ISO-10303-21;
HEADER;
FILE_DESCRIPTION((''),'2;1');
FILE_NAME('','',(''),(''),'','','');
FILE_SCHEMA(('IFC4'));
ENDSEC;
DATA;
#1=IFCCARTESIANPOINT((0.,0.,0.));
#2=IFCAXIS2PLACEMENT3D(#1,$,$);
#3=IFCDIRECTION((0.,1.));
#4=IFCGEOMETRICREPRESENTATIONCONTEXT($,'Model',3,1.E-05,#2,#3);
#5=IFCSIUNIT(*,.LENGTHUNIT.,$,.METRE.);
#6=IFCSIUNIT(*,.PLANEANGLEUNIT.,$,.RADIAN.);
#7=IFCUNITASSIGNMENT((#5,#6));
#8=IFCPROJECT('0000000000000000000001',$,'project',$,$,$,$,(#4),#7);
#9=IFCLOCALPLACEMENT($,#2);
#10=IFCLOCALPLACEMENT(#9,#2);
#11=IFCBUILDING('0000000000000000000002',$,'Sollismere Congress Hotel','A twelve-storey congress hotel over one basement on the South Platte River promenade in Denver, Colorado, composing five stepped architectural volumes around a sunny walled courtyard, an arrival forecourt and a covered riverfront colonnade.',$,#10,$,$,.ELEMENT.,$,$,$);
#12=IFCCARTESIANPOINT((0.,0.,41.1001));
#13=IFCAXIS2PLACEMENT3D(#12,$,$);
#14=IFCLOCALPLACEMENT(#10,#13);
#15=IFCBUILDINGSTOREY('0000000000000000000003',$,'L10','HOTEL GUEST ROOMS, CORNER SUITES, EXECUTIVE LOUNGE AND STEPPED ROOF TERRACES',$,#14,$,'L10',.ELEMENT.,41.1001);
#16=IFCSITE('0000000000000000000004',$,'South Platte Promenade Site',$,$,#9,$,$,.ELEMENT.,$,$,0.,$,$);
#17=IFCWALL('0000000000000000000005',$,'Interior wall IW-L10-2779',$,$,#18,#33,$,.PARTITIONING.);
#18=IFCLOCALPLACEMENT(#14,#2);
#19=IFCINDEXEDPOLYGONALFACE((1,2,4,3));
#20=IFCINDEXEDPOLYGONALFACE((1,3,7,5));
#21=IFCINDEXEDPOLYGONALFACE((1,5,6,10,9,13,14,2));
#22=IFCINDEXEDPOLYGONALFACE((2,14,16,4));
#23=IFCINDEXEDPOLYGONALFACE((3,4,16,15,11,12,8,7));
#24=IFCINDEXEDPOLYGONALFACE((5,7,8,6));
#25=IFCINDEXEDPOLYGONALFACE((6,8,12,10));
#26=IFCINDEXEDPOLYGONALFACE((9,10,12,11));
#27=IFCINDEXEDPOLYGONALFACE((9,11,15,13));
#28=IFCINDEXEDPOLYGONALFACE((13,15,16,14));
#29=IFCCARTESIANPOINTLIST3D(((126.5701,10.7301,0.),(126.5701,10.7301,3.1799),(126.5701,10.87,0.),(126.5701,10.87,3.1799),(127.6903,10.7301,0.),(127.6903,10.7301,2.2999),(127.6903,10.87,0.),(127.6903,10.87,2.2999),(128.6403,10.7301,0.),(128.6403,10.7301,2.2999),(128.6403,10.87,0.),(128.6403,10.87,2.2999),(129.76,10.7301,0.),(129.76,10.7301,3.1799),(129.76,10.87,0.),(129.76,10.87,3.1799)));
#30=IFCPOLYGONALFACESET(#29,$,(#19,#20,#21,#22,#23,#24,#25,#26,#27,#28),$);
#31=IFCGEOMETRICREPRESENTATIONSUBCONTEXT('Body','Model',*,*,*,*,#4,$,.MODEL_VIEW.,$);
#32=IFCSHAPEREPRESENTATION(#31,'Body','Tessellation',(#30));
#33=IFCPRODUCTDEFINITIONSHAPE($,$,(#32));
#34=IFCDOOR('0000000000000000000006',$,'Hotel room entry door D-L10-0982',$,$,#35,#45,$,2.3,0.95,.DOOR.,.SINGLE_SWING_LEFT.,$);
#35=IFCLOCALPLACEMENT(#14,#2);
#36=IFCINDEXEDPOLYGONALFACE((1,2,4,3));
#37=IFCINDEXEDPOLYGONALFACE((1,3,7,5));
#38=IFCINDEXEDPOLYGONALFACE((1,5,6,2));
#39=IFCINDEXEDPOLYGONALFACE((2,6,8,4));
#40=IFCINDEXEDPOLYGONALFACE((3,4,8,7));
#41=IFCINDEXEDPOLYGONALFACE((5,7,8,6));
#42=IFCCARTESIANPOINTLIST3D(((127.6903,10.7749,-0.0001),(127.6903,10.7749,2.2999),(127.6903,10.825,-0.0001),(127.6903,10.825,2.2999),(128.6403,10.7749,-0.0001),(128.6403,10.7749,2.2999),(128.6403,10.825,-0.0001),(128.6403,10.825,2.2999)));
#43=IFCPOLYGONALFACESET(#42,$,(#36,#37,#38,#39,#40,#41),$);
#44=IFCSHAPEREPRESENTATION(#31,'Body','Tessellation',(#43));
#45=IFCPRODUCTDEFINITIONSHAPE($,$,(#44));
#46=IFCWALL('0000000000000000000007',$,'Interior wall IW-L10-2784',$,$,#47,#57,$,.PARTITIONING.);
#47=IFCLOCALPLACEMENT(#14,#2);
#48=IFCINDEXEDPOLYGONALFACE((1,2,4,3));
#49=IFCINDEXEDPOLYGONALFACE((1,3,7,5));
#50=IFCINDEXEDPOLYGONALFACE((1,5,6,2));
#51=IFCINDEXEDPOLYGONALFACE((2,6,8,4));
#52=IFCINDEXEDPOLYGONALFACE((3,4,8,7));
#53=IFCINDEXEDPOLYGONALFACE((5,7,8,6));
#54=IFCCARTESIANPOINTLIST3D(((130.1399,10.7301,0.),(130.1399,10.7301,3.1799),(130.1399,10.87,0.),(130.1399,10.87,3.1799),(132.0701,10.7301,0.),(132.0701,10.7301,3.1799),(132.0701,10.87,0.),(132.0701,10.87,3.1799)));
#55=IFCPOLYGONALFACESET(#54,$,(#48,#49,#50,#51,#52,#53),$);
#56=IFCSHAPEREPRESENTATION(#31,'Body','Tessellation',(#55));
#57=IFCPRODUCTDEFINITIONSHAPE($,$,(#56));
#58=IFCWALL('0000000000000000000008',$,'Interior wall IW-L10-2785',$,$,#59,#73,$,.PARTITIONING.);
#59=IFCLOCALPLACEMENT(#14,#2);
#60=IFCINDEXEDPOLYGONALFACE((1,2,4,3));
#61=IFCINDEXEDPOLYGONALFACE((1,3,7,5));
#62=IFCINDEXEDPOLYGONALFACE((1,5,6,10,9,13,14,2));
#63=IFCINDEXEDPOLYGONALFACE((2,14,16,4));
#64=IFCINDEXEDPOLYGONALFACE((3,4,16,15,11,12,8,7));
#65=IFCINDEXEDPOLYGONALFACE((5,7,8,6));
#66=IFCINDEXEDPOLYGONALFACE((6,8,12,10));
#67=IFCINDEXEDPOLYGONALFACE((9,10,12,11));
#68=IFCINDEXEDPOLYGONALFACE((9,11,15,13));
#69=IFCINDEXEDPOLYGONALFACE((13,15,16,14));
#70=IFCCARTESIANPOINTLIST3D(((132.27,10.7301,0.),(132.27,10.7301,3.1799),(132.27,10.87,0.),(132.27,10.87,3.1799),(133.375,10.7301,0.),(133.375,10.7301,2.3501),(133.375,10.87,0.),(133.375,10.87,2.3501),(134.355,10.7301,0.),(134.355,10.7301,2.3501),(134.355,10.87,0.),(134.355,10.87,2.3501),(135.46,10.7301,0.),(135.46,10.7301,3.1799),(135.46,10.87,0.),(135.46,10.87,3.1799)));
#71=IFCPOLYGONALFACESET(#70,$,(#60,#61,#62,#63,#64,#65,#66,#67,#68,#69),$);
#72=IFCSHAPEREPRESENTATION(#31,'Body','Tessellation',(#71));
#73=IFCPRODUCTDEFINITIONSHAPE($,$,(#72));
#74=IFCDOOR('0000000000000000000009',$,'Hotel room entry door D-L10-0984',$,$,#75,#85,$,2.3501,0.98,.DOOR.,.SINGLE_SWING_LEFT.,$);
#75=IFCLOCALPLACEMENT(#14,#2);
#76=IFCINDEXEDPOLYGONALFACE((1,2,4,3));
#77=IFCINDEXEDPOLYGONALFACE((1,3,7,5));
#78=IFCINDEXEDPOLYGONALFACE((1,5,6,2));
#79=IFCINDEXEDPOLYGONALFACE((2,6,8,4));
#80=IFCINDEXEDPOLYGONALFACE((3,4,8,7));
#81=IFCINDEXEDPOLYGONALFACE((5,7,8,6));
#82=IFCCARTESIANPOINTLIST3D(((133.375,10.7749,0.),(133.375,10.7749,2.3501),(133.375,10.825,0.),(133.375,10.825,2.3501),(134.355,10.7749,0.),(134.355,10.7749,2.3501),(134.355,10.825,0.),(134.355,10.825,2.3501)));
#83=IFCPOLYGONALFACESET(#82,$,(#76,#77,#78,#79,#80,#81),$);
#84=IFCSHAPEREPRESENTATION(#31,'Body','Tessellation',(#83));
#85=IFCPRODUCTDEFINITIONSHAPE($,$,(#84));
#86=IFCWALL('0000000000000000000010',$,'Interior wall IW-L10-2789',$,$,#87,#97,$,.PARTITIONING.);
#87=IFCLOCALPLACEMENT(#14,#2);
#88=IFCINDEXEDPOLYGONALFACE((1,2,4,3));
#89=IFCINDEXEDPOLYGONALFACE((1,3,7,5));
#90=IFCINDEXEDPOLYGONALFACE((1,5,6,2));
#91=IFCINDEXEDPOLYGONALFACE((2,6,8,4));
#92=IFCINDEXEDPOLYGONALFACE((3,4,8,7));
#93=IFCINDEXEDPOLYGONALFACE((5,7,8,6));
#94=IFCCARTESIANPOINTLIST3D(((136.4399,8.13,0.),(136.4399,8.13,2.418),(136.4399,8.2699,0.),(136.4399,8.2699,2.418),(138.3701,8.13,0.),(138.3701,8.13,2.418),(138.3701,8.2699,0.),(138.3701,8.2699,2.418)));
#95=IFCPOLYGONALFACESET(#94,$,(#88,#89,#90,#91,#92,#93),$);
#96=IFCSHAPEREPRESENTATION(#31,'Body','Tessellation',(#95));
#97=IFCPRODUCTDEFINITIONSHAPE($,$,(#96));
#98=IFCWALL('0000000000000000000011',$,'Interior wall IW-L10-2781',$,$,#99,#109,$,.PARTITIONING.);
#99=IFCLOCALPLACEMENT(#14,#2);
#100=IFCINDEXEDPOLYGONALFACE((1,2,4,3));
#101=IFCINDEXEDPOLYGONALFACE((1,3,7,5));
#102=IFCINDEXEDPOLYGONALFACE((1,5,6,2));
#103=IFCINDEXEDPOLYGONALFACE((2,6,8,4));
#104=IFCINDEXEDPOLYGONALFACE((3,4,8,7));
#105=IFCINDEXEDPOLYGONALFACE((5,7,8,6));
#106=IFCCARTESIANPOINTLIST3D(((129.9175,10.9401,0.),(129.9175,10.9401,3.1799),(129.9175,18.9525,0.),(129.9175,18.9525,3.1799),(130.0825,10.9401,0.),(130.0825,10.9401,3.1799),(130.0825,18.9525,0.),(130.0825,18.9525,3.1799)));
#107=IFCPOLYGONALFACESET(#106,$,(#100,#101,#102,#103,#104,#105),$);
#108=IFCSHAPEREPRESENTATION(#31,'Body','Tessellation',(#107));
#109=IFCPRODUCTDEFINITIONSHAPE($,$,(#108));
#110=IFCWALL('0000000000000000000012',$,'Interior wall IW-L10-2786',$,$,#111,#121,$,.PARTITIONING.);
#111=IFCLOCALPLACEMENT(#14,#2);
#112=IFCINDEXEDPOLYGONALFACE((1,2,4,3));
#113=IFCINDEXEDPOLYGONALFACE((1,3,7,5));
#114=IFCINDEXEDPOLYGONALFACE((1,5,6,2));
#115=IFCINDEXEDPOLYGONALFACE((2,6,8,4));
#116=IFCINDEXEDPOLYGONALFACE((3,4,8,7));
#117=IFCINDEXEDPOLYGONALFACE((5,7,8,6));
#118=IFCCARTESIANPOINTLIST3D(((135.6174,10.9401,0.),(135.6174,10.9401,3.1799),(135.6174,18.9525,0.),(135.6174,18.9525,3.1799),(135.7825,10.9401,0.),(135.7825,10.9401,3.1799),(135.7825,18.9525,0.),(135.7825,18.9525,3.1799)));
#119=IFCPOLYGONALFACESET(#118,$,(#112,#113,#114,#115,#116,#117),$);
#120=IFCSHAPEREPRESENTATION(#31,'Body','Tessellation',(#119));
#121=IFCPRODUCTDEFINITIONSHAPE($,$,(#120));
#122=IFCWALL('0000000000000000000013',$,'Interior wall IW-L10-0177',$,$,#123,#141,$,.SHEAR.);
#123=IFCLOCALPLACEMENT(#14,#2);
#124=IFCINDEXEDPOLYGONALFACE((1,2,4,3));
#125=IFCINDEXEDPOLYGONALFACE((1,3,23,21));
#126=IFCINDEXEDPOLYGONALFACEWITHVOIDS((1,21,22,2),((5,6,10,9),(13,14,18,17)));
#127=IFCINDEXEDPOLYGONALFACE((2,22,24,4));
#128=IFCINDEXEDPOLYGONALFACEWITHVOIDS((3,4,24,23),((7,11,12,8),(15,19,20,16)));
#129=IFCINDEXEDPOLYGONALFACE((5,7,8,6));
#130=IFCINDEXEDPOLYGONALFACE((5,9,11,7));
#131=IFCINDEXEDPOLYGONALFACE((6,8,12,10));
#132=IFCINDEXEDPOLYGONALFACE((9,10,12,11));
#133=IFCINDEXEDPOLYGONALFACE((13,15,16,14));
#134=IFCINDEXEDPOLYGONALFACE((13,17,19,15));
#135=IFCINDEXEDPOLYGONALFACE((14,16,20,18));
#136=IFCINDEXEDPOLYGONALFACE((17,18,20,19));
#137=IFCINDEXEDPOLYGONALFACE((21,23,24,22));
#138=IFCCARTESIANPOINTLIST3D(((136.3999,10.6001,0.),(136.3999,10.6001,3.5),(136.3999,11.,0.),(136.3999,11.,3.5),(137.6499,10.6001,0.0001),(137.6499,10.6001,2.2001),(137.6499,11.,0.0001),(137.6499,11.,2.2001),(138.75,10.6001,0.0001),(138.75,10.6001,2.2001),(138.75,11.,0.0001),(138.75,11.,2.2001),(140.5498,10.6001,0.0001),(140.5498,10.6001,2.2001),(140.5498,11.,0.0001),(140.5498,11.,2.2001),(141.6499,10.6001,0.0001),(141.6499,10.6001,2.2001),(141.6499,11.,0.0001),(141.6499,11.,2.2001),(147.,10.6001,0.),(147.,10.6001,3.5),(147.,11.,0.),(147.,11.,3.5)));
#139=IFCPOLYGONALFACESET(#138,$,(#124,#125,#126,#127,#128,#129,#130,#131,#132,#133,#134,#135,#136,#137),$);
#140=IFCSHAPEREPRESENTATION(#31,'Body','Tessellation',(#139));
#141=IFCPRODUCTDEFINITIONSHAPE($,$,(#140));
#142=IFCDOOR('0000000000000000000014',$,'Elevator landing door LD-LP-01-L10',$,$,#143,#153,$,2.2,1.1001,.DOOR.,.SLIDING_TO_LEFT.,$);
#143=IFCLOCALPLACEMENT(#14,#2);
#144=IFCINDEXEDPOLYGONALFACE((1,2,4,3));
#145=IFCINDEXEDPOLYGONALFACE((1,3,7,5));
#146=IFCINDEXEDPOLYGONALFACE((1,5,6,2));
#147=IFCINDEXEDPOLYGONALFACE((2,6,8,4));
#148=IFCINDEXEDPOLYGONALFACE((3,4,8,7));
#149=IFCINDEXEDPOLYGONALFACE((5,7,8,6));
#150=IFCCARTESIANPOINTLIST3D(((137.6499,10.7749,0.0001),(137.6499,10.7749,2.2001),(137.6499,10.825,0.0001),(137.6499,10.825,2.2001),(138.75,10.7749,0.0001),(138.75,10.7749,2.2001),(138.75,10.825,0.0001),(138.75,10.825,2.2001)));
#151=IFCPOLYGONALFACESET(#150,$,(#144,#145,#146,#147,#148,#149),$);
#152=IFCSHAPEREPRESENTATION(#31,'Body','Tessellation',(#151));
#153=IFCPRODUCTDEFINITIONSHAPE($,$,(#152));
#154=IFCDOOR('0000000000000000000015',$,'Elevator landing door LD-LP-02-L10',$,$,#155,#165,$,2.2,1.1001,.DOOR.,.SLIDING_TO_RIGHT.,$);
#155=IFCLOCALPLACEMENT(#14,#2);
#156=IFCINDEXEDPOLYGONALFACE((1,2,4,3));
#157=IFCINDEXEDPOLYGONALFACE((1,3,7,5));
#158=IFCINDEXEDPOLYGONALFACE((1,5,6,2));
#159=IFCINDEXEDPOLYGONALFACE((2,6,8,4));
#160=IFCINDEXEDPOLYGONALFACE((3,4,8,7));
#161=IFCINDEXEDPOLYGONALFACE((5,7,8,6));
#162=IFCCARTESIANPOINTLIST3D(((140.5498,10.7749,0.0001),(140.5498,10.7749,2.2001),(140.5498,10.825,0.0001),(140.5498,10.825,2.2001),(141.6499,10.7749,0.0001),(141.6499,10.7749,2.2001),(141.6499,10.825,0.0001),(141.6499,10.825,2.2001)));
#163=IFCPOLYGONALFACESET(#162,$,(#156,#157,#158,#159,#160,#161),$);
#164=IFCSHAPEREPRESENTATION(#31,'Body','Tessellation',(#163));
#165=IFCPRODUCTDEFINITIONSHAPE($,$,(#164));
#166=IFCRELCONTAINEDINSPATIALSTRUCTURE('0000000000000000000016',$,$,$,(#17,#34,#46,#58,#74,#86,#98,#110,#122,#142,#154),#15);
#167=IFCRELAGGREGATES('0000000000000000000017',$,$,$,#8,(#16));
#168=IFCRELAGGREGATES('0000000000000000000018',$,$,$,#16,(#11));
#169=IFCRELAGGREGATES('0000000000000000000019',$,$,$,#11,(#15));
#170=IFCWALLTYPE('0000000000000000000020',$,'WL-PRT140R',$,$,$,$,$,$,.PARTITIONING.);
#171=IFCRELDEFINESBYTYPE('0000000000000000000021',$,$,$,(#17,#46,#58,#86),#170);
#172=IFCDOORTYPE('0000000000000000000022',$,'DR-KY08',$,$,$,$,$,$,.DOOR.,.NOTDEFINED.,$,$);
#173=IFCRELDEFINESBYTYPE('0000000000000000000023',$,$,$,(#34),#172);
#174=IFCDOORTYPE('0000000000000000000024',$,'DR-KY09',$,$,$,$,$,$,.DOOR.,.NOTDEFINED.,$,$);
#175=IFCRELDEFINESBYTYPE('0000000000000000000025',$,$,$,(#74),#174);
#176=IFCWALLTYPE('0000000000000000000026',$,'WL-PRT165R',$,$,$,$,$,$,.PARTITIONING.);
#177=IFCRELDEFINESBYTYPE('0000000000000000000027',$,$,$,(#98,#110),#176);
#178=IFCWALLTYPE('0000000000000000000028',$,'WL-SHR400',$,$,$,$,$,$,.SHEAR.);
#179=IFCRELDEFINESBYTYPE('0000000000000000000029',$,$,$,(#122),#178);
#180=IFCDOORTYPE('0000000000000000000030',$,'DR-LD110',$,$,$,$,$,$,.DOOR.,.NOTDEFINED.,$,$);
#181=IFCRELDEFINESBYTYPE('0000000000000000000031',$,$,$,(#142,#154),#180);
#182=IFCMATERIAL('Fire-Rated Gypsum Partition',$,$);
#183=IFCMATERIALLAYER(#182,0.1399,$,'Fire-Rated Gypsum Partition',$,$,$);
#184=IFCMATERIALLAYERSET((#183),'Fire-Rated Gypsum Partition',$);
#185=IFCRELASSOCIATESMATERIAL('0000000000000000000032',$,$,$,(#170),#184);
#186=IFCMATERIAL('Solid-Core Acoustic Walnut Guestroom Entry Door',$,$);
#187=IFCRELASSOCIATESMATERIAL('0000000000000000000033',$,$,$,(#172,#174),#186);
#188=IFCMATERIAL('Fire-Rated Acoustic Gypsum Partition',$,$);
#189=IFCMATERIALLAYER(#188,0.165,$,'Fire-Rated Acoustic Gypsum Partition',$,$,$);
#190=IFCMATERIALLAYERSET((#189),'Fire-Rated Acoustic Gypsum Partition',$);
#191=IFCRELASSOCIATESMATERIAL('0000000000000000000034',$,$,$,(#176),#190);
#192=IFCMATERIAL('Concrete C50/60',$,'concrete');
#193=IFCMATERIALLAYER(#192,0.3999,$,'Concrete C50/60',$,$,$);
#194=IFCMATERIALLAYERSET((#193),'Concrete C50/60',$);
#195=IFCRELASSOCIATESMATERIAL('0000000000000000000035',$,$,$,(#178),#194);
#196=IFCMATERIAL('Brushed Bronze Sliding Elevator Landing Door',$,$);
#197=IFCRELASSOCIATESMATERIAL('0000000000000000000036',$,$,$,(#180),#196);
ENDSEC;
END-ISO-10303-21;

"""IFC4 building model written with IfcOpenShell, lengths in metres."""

from ifc_helpers import new_model, si_unit, direction, frame, frame_2d, origin, place, context, subcontext, project, spatial, rectangle, extrude, material, layer, layer_set, type_object, element, fill, save


model = new_model("IFC4")

# Units and contexts
model_context = context("Model", 3, precision=1e-05, world=origin(), true_north=direction((0.0, 1.0)))
body_context = subcontext(model_context, "Body", "Model", "MODEL_VIEW")
ifc_project = project(units=[si_unit("LENGTHUNIT", "METRE"), si_unit("PLANEANGLEUNIT", "RADIAN")], contexts=[model_context])

# Site, building, storey
site_placement = place(None, origin())
site = spatial("IfcSite", under=ifc_project, at=site_placement, Name="South Platte Promenade Site", CompositionType="ELEMENT", RefElevation=0.0)
building_placement = place(site_placement, origin())
building = spatial("IfcBuilding", under=site, at=building_placement, Name="Sollismere Congress Hotel", Description="A twelve-storey congress hotel over one basement on the South Platte River promenade in Denver, Colorado, composing five stepped architectural volumes around a sunny walled courtyard, an arrival forecourt and a covered riverfront colonnade.", CompositionType="ELEMENT")
storey_placement = place(building_placement, frame((0.0, 0.0, 41.1001)))
storey = spatial("IfcBuildingStorey", under=building, at=storey_placement, Name="L10", Description="HOTEL GUEST ROOMS, CORNER SUITES, EXECUTIVE LOUNGE AND STEPPED ROOF TERRACES", LongName="L10", CompositionType="ELEMENT", Elevation=41.1001)

# Wall, opening, door
ifc_material_1 = material(Name="Fire-Rated Gypsum Partition")
ifc_layer_1 = layer(ifc_material_1, 0.1399, Name="Fire-Rated Gypsum Partition")
ifc_layer_set_1 = layer_set([ifc_layer_1], Name="Fire-Rated Gypsum Partition")
wall_type_1 = type_object("IfcWallType", Name="WL-PRT140R", PredefinedType="PARTITIONING", material=ifc_layer_set_1)
wall_1_placement = place(storey_placement, frame((126.5701, 10.8, 0.0), z_axis=(0.0, 0.0, 1.0), x_axis=(1.0, 0.0, 0.0)))
wall_1 = element("IfcWall", 1, at=wall_1_placement, inside=storey, type_object=wall_type_1, Name="Interior wall IW-L10-2779", PredefinedType="PARTITIONING", context=body_context, shape_type="SweptSolid", body=[
    extrude(rectangle(XDim=3.1899, YDim=0.1399, at=frame_2d((1.595, 0.0))), origin(), (0.0, 0.0, 1.0), 3.1799),
])
opening_1_placement = place(wall_1_placement, frame((1.1201, 0.0, 0.0)))
opening_1 = element("IfcOpeningElement", 2, at=opening_1_placement, cuts=wall_1, PredefinedType="OPENING", context=body_context, shape_type="SweptSolid", body=[
    extrude(rectangle(XDim=0.95, YDim=2.3, at=frame_2d((0.4751, 1.1499))), frame((0.0, 0.0798, 0.0), z_axis=(0.0, -1.0, 0.0), x_axis=(1.0, 0.0, 0.0)), (0.0, 0.0, 1.0), 0.1599),
])
ifc_material_2 = material(Name="Solid-Core Acoustic Walnut Guestroom Entry Door")
door_type_1 = type_object("IfcDoorType", Name="DR-KY08", OperationType="NOTDEFINED", PredefinedType="DOOR", material=ifc_material_2)
door_1_placement = place(opening_1_placement, origin())
door_1 = element("IfcDoor", 3, at=door_1_placement, inside=storey, type_object=door_type_1, Name="Hotel room entry door D-L10-0982", OperationType="SINGLE_SWING_LEFT", OverallHeight=2.3, OverallWidth=0.95, PredefinedType="DOOR", context=body_context, shape_type="SweptSolid", body=[
    extrude(rectangle(XDim=0.95, YDim=2.3, at=frame_2d((0.4751, 1.1499))), frame((0.0, 0.0249, 0.0), z_axis=(0.0, -1.0, 0.0), x_axis=(1.0, 0.0, 0.0)), (0.0, 0.0, 1.0), 0.05),
])
fill(opening_1, door_1)

# Wall
wall_2_placement = place(storey_placement, frame((130.1399, 10.8, 0.0), z_axis=(0.0, 0.0, 1.0), x_axis=(1.0, 0.0, 0.0)))
element("IfcWall", 4, at=wall_2_placement, inside=storey, type_object=wall_type_1, Name="Interior wall IW-L10-2784", PredefinedType="PARTITIONING", context=body_context, shape_type="SweptSolid", body=[
    extrude(rectangle(XDim=1.9302, YDim=0.1399, at=frame_2d((0.9651, 0.0))), origin(), (0.0, 0.0, 1.0), 3.1799),
])

# Wall, opening, door
wall_3_placement = place(storey_placement, frame((132.27, 10.8, 0.0), z_axis=(0.0, 0.0, 1.0), x_axis=(1.0, 0.0, 0.0)))
wall_3 = element("IfcWall", 5, at=wall_3_placement, inside=storey, type_object=wall_type_1, Name="Interior wall IW-L10-2785", PredefinedType="PARTITIONING", context=body_context, shape_type="SweptSolid", body=[
    extrude(rectangle(XDim=3.1899, YDim=0.1399, at=frame_2d((1.595, 0.0))), origin(), (0.0, 0.0, 1.0), 3.1799),
])
opening_2_placement = place(wall_3_placement, frame((1.105, 0.0, 0.0)))
opening_2 = element("IfcOpeningElement", 6, at=opening_2_placement, cuts=wall_3, PredefinedType="OPENING", context=body_context, shape_type="SweptSolid", body=[
    extrude(rectangle(XDim=0.98, YDim=2.3501, at=frame_2d((0.49, 1.175))), frame((0.0, 0.0798, 0.0), z_axis=(0.0, -1.0, 0.0), x_axis=(1.0, 0.0, 0.0)), (0.0, 0.0, 1.0), 0.1599),
])
door_type_2 = type_object("IfcDoorType", Name="DR-KY09", OperationType="NOTDEFINED", PredefinedType="DOOR", material=ifc_material_2)
door_2_placement = place(opening_2_placement, origin())
door_2 = element("IfcDoor", 7, at=door_2_placement, inside=storey, type_object=door_type_2, Name="Hotel room entry door D-L10-0984", OperationType="SINGLE_SWING_LEFT", OverallHeight=2.3501, OverallWidth=0.98, PredefinedType="DOOR", context=body_context, shape_type="SweptSolid", body=[
    extrude(rectangle(XDim=0.98, YDim=2.3501, at=frame_2d((0.49, 1.175))), frame((0.0, 0.0249, 0.0), z_axis=(0.0, -1.0, 0.0), x_axis=(1.0, 0.0, 0.0)), (0.0, 0.0, 1.0), 0.05),
])
fill(opening_2, door_2)

# Walls
wall_4_placement = place(storey_placement, frame((136.4399, 8.2, 0.0), z_axis=(0.0, 0.0, 1.0), x_axis=(1.0, 0.0, 0.0)))
element("IfcWall", 8, at=wall_4_placement, inside=storey, type_object=wall_type_1, Name="Interior wall IW-L10-2789", PredefinedType="PARTITIONING", context=body_context, shape_type="SweptSolid", body=[
    extrude(rectangle(XDim=1.9302, YDim=0.1399, at=frame_2d((0.9651, 0.0))), origin(), (0.0, 0.0, 1.0), 2.418),
])
ifc_material_3 = material(Name="Fire-Rated Acoustic Gypsum Partition")
ifc_layer_2 = layer(ifc_material_3, 0.165, Name="Fire-Rated Acoustic Gypsum Partition")
ifc_layer_set_2 = layer_set([ifc_layer_2], Name="Fire-Rated Acoustic Gypsum Partition")
wall_type_2 = type_object("IfcWallType", Name="WL-PRT165R", PredefinedType="PARTITIONING", material=ifc_layer_set_2)
for number, where, z_axis, x_axis, name in (
    (9, (130.0, 10.9399, 0.0), (0.0, 0.0, 1.0), (0.0, 1.0, 0.0), "Interior wall IW-L10-2781"),
    (10, (135.7, 10.9399, 0.0), (0.0, 0.0, 1.0), (0.0, 1.0, 0.0), "Interior wall IW-L10-2786"),
):
    element("IfcWall", number, at=place(storey_placement, frame(where, z_axis=z_axis, x_axis=x_axis)), inside=storey, type_object=wall_type_2, Name=name, PredefinedType="PARTITIONING", context=body_context, shape_type="SweptSolid", body=[
        extrude(rectangle(XDim=8.0125, YDim=0.165, at=frame_2d((4.0063, 0.0))), origin(), (0.0, 0.0, 1.0), 3.1799),
    ])

# Wall, openings, doors
ifc_material_4 = material(Name="Concrete C50/60", Category="concrete")
ifc_layer_3 = layer(ifc_material_4, 0.3999, Name="Concrete C50/60")
ifc_layer_set_3 = layer_set([ifc_layer_3], Name="Concrete C50/60")
wall_type_3 = type_object("IfcWallType", Name="WL-SHR400", PredefinedType="SHEAR", material=ifc_layer_set_3)
wall_5_placement = place(storey_placement, frame((136.3999, 10.8, 0.0), z_axis=(0.0, 0.0, 1.0), x_axis=(1.0, 0.0, 0.0)))
wall_5 = element("IfcWall", 11, at=wall_5_placement, inside=storey, type_object=wall_type_3, Name="Interior wall IW-L10-0177", PredefinedType="SHEAR", context=body_context, shape_type="SweptSolid", body=[
    extrude(rectangle(XDim=10.6001, YDim=0.3999, at=frame_2d((5.3, 0.0))), origin(), (0.0, 0.0, 1.0), 3.5),
])
opening_3_placement = place(wall_5_placement, frame((1.25, 0.0, 0.0)))
opening_3 = element("IfcOpeningElement", 12, at=opening_3_placement, cuts=wall_5, PredefinedType="OPENING", context=body_context, shape_type="SweptSolid", body=[
    extrude(rectangle(XDim=1.1001, YDim=2.2, at=frame_2d((0.55, 1.1001))), frame((0.0, 0.21, 0.0), z_axis=(0.0, -1.0, 0.0), x_axis=(1.0, 0.0, 0.0)), (0.0, 0.0, 1.0), 0.4199),
])
opening_4_placement = place(wall_5_placement, frame((4.1499, 0.0, 0.0)))
opening_4 = element("IfcOpeningElement", 13, at=opening_4_placement, cuts=wall_5, PredefinedType="OPENING", context=body_context, shape_type="SweptSolid", body=[
    extrude(rectangle(XDim=1.1001, YDim=2.2, at=frame_2d((0.55, 1.1001))), frame((0.0, 0.21, 0.0), z_axis=(0.0, -1.0, 0.0), x_axis=(1.0, 0.0, 0.0)), (0.0, 0.0, 1.0), 0.4199),
])
ifc_material_5 = material(Name="Brushed Bronze Sliding Elevator Landing Door")
door_type_3 = type_object("IfcDoorType", Name="DR-LD110", OperationType="NOTDEFINED", PredefinedType="DOOR", material=ifc_material_5)
door_3_placement = place(opening_3_placement, origin())
door_3 = element("IfcDoor", 14, at=door_3_placement, inside=storey, type_object=door_type_3, Name="Elevator landing door LD-LP-01-L10", OperationType="SLIDING_TO_LEFT", OverallHeight=2.2, OverallWidth=1.1001, PredefinedType="DOOR", context=body_context, shape_type="SweptSolid", body=[
    extrude(rectangle(XDim=1.1001, YDim=2.2, at=frame_2d((0.55, 1.1001))), frame((0.0, 0.0249, 0.0), z_axis=(0.0, -1.0, 0.0), x_axis=(1.0, 0.0, 0.0)), (0.0, 0.0, 1.0), 0.05),
])
fill(opening_3, door_3)
door_4_placement = place(opening_4_placement, origin())
door_4 = element("IfcDoor", 15, at=door_4_placement, inside=storey, type_object=door_type_3, Name="Elevator landing door LD-LP-02-L10", OperationType="SLIDING_TO_RIGHT", OverallHeight=2.2, OverallWidth=1.1001, PredefinedType="DOOR", context=body_context, shape_type="SweptSolid", body=[
    extrude(rectangle(XDim=1.1001, YDim=2.2, at=frame_2d((0.55, 1.1001))), frame((0.0, 0.0249, 0.0), z_axis=(0.0, -1.0, 0.0), x_axis=(1.0, 0.0, 0.0)), (0.0, 0.0, 1.0), 0.05),
])
fill(opening_4, door_4)

save(model, "model.ifc")
